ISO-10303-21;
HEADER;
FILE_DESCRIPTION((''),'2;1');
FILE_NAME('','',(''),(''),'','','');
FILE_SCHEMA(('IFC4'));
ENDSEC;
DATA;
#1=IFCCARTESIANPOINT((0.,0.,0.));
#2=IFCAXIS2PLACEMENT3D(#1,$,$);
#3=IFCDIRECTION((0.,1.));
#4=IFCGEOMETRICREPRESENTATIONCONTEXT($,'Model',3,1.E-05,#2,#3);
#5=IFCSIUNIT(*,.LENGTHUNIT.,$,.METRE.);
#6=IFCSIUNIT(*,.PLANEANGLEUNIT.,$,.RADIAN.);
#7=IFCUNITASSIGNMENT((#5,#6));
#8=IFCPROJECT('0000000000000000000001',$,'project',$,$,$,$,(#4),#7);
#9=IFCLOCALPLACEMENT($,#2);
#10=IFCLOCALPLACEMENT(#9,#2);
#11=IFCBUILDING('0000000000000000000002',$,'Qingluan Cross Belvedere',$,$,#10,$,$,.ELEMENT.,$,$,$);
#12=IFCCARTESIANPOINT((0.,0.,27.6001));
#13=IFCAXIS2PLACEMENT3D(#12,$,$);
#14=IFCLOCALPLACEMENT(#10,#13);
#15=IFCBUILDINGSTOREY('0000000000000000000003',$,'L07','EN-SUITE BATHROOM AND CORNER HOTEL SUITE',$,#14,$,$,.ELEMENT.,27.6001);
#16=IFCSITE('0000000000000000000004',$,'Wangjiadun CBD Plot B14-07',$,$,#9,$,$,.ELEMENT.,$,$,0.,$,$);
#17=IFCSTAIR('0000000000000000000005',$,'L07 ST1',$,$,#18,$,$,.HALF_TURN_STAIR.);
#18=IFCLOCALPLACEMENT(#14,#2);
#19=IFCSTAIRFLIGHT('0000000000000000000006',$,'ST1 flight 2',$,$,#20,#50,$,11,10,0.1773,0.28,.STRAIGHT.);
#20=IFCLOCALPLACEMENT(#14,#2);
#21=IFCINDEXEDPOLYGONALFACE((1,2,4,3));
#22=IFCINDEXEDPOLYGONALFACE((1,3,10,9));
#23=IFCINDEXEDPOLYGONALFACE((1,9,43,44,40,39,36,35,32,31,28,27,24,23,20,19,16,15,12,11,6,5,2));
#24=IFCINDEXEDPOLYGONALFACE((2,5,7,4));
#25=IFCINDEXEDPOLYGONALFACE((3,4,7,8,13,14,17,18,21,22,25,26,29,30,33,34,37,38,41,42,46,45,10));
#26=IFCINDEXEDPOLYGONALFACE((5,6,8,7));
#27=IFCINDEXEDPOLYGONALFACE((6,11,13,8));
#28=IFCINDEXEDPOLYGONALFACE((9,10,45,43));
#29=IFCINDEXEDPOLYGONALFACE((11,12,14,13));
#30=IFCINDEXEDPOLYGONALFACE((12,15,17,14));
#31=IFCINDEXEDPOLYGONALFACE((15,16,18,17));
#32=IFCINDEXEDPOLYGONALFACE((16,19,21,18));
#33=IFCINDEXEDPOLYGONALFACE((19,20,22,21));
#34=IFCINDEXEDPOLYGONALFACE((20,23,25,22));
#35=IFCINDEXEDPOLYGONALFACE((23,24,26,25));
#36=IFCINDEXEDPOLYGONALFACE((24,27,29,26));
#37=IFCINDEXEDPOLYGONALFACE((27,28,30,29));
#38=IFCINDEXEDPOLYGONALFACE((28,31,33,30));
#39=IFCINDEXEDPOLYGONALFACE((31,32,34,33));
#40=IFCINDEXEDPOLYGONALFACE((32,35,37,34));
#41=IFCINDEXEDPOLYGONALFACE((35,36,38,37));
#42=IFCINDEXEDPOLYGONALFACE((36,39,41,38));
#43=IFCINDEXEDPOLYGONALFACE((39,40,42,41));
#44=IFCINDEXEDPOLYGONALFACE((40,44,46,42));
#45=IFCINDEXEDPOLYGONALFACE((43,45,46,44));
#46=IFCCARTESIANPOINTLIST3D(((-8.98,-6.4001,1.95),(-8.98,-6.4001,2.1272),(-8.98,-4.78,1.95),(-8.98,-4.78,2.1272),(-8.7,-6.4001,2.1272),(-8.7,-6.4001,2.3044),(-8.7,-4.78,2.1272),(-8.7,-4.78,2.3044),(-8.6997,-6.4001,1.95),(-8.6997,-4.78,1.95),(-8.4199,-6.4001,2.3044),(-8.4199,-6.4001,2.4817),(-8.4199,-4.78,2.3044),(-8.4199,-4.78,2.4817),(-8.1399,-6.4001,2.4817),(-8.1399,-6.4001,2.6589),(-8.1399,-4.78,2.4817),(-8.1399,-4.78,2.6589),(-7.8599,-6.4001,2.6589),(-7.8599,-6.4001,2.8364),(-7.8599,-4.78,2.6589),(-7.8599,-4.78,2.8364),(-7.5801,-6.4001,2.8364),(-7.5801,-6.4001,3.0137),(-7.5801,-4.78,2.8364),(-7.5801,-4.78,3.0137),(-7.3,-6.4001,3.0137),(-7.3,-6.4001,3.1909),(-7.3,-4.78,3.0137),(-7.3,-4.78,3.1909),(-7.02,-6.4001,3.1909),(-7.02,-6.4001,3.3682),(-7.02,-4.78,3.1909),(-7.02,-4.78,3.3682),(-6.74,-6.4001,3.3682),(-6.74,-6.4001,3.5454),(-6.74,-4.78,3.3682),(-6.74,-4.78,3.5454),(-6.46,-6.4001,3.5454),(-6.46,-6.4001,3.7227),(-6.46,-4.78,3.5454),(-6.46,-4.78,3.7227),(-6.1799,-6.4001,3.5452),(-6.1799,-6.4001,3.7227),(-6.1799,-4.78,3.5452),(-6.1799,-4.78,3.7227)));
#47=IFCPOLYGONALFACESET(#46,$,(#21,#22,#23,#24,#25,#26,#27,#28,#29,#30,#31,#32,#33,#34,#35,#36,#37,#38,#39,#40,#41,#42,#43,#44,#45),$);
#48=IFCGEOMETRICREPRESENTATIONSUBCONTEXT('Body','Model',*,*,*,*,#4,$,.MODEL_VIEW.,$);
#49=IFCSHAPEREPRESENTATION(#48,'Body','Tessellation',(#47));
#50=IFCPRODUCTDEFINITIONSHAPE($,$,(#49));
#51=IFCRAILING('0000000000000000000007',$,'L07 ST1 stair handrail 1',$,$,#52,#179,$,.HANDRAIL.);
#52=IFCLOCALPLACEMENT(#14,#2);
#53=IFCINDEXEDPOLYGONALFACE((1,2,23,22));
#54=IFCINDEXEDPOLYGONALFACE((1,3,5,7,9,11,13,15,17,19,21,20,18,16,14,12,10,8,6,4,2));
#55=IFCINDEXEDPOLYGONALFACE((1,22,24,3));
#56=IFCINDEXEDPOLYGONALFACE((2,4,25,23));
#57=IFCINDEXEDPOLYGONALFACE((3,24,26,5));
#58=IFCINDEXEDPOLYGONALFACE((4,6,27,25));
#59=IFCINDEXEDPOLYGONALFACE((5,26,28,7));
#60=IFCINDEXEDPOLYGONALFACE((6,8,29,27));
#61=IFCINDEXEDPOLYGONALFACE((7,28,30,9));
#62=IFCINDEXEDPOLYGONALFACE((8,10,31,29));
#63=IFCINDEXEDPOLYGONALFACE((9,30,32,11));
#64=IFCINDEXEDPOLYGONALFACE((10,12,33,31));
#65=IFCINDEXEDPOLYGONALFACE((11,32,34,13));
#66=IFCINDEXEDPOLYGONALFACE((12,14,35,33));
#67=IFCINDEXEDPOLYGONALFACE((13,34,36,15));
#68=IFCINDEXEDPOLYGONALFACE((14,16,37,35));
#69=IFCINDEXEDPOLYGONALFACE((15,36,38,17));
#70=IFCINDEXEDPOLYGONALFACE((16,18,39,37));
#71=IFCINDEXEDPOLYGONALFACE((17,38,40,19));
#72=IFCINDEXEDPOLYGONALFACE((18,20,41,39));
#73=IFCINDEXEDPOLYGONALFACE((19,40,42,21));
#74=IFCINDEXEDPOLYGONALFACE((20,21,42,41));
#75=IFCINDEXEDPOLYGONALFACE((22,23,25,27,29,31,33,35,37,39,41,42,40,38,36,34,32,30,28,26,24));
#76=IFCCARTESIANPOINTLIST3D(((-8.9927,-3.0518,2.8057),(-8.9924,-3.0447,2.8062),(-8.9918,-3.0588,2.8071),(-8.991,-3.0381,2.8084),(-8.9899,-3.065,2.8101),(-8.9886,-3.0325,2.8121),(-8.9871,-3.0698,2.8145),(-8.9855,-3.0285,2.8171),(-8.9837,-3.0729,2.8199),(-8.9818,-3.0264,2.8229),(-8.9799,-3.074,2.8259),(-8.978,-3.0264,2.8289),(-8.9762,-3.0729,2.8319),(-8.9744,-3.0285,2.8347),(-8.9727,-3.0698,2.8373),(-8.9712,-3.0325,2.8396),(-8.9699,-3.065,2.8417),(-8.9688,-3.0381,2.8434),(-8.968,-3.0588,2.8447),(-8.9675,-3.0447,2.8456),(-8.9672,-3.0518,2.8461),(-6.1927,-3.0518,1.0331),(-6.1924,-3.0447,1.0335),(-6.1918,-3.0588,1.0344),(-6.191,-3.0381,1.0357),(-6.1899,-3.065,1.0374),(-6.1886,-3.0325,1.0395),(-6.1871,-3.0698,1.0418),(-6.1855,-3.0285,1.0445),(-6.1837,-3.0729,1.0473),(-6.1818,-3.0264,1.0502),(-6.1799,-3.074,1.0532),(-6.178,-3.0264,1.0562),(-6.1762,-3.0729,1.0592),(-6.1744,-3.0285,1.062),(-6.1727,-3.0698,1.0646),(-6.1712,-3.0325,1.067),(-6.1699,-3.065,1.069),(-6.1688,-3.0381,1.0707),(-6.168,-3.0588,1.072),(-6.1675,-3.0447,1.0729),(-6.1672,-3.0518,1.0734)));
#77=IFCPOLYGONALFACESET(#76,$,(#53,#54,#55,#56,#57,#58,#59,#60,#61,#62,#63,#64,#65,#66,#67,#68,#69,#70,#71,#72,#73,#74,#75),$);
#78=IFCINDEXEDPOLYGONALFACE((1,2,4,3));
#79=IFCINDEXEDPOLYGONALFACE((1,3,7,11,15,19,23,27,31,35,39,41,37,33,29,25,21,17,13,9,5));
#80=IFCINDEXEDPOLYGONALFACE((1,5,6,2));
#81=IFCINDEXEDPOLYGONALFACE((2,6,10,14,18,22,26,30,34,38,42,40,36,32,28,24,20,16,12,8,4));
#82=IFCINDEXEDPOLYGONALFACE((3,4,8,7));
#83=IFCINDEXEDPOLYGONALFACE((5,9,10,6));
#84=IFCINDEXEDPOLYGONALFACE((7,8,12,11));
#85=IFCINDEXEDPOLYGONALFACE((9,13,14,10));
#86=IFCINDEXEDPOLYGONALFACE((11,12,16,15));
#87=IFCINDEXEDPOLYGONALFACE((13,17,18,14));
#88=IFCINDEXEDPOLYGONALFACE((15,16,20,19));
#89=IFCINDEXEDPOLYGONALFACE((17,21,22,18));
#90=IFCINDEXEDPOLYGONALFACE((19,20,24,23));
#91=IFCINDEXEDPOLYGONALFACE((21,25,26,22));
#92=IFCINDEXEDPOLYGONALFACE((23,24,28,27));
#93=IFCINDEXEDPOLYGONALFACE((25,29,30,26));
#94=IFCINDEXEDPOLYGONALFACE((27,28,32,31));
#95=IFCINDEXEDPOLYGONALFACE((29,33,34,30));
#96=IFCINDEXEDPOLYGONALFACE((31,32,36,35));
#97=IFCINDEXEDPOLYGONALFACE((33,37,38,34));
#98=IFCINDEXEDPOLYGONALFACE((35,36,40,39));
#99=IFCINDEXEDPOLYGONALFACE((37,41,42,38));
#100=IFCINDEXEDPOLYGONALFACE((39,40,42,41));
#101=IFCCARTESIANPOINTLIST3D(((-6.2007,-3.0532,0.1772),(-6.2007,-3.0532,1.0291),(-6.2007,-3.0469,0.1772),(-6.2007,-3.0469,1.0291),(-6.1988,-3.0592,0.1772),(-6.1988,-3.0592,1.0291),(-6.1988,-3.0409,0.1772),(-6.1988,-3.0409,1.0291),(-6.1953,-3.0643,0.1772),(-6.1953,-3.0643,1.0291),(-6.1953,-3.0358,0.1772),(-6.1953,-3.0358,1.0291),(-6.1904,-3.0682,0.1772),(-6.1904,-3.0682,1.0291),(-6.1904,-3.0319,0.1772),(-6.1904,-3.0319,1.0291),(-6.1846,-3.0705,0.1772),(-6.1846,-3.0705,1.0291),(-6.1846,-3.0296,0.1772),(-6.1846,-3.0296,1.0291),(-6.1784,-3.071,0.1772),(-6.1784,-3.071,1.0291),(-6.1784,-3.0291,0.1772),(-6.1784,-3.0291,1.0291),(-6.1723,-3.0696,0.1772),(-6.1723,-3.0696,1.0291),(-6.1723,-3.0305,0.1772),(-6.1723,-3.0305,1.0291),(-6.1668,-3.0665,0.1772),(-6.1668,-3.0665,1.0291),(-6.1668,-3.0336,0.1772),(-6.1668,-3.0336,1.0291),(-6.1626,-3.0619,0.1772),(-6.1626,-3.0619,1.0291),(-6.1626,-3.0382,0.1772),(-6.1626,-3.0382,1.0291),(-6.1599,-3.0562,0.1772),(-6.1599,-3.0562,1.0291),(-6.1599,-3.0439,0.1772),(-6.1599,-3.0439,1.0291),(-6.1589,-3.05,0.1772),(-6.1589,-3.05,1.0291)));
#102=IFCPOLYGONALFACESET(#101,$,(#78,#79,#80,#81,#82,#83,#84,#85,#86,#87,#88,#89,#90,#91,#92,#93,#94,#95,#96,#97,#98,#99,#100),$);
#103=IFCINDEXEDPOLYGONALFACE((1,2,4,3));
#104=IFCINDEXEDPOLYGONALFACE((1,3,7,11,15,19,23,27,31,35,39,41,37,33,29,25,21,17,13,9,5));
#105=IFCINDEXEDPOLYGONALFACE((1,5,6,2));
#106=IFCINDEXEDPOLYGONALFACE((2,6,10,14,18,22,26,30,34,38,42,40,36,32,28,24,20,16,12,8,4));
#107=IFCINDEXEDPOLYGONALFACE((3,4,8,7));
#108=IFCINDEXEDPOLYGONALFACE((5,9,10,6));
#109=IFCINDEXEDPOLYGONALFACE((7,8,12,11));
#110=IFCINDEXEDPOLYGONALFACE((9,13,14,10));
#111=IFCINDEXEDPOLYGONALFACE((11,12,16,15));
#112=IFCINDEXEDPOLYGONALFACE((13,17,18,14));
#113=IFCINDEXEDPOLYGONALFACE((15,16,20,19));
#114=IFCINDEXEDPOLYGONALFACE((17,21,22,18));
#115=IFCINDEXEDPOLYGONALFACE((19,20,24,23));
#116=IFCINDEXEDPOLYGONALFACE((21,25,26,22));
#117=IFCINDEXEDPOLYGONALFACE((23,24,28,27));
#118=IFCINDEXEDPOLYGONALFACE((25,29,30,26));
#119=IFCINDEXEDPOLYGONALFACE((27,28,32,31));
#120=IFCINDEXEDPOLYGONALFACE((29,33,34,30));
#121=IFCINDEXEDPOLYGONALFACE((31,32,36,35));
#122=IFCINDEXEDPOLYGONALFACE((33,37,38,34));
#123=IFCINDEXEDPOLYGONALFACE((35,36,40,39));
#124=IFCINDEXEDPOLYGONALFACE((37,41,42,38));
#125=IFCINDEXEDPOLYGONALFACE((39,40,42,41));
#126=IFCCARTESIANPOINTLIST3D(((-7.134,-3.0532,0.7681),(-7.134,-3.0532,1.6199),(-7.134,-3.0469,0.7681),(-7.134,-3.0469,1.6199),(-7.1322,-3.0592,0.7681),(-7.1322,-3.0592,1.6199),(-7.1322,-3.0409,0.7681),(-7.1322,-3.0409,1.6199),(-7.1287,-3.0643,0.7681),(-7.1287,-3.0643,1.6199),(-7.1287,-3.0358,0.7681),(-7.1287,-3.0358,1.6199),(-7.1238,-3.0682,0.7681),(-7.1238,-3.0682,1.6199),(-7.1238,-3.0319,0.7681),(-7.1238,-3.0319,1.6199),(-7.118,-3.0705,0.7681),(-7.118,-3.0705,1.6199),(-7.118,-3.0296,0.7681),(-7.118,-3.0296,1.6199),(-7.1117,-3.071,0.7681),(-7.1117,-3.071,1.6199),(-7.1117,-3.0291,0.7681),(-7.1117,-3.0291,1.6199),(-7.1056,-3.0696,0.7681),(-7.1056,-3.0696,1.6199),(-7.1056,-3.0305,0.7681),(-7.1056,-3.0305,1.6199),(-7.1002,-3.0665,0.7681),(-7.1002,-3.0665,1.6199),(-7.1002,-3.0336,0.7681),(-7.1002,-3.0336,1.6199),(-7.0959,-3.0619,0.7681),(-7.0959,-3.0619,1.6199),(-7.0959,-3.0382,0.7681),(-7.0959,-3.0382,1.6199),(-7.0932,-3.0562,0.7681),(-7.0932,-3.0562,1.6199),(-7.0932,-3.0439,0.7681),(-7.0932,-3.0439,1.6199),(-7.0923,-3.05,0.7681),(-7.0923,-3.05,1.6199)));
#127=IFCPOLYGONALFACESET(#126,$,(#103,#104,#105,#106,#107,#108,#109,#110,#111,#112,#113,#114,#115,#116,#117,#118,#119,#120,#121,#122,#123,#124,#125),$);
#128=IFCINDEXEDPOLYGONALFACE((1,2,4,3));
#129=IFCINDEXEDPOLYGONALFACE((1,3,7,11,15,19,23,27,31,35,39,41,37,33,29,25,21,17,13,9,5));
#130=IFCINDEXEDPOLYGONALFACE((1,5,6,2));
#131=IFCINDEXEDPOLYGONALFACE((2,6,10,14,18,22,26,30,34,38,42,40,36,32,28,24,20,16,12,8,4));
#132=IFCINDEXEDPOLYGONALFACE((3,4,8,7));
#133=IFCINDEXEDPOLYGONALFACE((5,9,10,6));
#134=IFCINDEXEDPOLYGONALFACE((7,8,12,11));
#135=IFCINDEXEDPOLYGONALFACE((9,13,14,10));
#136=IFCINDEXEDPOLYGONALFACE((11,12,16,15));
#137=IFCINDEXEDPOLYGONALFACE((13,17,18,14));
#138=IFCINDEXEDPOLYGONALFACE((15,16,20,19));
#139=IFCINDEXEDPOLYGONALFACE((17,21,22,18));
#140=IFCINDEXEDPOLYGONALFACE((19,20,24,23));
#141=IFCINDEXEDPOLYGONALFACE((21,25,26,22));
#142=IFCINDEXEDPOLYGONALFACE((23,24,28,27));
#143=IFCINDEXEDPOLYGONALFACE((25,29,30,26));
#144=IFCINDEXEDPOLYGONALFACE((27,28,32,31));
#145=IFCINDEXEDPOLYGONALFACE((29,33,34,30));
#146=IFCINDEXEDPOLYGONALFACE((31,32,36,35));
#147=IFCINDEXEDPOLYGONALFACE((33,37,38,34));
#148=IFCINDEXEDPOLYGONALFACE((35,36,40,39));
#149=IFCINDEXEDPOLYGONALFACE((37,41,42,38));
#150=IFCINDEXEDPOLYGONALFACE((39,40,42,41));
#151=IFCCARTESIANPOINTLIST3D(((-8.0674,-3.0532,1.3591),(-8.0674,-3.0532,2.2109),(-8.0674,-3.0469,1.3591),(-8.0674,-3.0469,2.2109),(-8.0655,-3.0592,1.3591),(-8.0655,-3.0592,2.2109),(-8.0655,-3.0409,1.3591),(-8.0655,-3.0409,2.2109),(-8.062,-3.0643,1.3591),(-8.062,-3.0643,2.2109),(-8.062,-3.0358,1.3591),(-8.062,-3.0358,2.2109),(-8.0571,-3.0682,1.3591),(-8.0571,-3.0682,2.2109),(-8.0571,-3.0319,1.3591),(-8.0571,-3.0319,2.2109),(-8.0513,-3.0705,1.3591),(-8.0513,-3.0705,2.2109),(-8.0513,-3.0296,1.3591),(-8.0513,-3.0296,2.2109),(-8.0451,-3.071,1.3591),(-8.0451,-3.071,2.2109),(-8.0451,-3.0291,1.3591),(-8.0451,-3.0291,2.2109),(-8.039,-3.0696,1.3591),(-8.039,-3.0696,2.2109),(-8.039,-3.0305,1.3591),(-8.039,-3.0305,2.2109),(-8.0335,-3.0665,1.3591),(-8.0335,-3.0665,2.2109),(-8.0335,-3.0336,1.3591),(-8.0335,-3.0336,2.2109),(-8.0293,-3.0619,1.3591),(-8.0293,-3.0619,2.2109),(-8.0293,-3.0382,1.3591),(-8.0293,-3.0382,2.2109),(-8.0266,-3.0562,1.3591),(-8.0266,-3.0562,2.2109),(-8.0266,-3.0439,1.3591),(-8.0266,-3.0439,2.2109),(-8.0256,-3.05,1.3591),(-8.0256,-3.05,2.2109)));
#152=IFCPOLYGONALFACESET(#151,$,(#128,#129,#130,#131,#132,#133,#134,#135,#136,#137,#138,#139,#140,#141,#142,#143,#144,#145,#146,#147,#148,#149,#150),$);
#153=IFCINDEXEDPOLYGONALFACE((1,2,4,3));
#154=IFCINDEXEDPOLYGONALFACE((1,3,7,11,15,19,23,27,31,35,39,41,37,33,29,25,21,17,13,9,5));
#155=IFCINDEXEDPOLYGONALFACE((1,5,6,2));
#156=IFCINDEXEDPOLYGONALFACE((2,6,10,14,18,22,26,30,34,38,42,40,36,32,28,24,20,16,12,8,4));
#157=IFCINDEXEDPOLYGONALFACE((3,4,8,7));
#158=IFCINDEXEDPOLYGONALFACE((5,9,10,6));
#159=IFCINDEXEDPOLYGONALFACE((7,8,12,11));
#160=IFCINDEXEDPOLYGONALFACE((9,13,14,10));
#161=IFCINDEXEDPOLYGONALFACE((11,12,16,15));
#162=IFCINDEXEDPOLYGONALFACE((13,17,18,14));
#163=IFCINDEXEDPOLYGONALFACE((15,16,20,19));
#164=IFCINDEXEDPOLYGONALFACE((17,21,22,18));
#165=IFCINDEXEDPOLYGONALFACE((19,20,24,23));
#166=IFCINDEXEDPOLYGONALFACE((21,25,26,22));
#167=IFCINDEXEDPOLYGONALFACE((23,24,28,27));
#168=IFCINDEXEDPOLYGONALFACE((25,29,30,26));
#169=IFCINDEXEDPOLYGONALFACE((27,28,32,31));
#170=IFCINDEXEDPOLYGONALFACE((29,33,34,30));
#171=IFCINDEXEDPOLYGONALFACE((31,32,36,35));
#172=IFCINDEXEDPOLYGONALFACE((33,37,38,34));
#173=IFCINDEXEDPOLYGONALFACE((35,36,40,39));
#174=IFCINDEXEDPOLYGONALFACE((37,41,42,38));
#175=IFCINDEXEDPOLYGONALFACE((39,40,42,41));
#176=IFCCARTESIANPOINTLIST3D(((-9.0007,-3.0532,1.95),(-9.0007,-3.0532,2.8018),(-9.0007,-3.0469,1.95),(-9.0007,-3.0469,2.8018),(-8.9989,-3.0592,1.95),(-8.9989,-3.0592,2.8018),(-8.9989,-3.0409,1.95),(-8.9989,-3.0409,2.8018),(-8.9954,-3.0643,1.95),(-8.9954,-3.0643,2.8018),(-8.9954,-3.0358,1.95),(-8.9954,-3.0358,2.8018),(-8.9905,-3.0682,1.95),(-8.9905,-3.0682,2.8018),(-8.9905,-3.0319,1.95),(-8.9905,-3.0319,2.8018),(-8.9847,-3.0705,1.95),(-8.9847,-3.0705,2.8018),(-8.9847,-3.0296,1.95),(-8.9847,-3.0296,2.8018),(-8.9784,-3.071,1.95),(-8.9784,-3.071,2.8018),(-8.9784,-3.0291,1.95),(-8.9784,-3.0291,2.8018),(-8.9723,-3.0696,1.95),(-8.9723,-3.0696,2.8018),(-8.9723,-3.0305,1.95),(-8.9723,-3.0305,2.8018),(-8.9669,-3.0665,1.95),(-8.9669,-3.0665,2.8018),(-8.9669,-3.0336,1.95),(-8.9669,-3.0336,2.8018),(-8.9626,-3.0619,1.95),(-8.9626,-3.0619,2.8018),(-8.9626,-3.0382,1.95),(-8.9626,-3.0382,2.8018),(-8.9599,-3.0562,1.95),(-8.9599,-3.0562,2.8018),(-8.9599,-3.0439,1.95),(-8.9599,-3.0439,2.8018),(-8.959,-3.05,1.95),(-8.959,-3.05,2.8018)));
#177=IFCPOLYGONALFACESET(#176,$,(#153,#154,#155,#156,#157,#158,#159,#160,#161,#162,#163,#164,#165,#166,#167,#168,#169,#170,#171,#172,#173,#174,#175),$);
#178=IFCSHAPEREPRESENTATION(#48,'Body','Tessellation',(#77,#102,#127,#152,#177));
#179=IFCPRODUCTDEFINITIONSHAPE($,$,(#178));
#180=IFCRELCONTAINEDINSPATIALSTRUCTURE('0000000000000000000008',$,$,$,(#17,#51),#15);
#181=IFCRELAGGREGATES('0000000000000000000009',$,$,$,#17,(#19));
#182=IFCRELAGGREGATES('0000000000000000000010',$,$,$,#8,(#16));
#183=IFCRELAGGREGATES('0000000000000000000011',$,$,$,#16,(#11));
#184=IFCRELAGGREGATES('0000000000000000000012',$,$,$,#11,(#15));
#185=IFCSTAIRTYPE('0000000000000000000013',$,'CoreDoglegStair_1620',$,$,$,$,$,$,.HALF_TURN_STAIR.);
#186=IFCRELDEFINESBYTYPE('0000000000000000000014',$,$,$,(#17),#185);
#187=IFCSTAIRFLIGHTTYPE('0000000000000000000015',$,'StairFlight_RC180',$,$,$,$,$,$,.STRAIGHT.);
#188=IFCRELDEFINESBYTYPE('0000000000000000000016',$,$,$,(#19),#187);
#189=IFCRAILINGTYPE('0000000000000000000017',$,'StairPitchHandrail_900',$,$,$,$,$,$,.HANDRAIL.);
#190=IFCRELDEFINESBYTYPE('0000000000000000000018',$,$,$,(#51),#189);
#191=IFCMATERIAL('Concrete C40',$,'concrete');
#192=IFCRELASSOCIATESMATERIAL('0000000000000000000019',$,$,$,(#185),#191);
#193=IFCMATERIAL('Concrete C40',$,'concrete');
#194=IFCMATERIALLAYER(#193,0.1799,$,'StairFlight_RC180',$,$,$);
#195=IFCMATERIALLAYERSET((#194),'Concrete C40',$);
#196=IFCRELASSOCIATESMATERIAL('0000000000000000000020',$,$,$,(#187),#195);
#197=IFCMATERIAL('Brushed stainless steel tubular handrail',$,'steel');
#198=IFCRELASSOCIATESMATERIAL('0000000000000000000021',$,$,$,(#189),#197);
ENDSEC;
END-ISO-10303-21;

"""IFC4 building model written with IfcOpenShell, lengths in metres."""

from ifc_helpers import new_model, si_unit, direction, frame, origin, origin_2d, place, context, subcontext, project, spatial, polyline, circle, outline, extrude, material, layer, layer_set, type_object, element, aggregate, save


model = new_model("IFC4")

# Units and contexts
model_context = context("Model", 3, precision=1e-05, world=origin(), true_north=direction((0.0, 1.0)))
body_context = subcontext(model_context, "Body", "Model", "MODEL_VIEW")
ifc_project = project(units=[si_unit("LENGTHUNIT", "METRE"), si_unit("PLANEANGLEUNIT", "RADIAN")], contexts=[model_context])

# Site, building, storey
site_placement = place(None, origin())
site = spatial("IfcSite", under=ifc_project, at=site_placement, Name="Wangjiadun CBD Plot B14-07", CompositionType="ELEMENT", RefElevation=0.0)
building_placement = place(site_placement, origin())
building = spatial("IfcBuilding", under=site, at=building_placement, Name="Qingluan Cross Belvedere", CompositionType="ELEMENT")
storey_placement = place(building_placement, frame((0.0, 0.0, 27.6001)))
storey = spatial("IfcBuildingStorey", under=building, at=storey_placement, Name="L07", Description="EN-SUITE BATHROOM AND CORNER HOTEL SUITE", CompositionType="ELEMENT", Elevation=27.6001)

# Stair, stair flight
ifc_material_1 = material(Name="Concrete C40", Category="concrete")
stair_type = type_object("IfcStairType", Name="CoreDoglegStair_1620", PredefinedType="HALF_TURN_STAIR", material=ifc_material_1)
stair_placement = place(storey_placement, origin())
stair = element("IfcStair", 1, at=stair_placement, inside=storey, type_object=stair_type, Name="L07 ST1", PredefinedType="HALF_TURN_STAIR")
ifc_material_2 = material(Name="Concrete C40", Category="concrete")
ifc_layer_1 = layer(ifc_material_2, 0.1799, Name="StairFlight_RC180")
ifc_layer_set_1 = layer_set([ifc_layer_1], Name="Concrete C40")
stair_flight_type = type_object("IfcStairFlightType", Name="StairFlight_RC180", PredefinedType="STRAIGHT", material=ifc_layer_set_1)
stair_flight_1_placement = place(storey_placement, frame((-8.98, -5.5901, 1.95), z_axis=(0.0, 0.0, 1.0), x_axis=(1.0, 0.0, 0.0)))
stair_flight_1 = element("IfcStairFlight", 2, at=stair_flight_1_placement, type_object=stair_flight_type, Name="ST1 flight 2", NumberOfRisers=11, NumberOfTreads=10, PredefinedType="STRAIGHT", RiserHeight=0.1773, TreadLength=0.28, context=body_context, shape_type="SweptSolid", body=[
    extrude(outline(polyline([(0.0, 0.0), (0.0, 0.1772), (0.28, 0.1772), (0.28, 0.3545), (0.5601, 0.3545), (0.5601, 0.5317), (0.8401, 0.5317), (0.8401, 0.709), (1.1201, 0.709), (1.1201, 0.8865), (1.3999, 0.8865), (1.3999, 1.0637), (1.6799, 1.0637), (1.6799, 1.241), (1.96, 1.241), (1.96, 1.4182), (2.24, 1.4182), (2.24, 1.5955), (2.52, 1.5955), (2.52, 1.7727), (2.8, 1.7727), (2.8, 1.95), (2.8, 1.5952), (0.2803, 0.0), (0.0, 0.0)])), frame((0.0, 0.8101, 0.0), z_axis=(0.0, -1.0, 0.0), x_axis=(1.0, 0.0, 0.0)), (0.0, 0.0, 1.0), 1.6201),
])
aggregate(stair, [stair_flight_1])

# Railing
ifc_material_3 = material(Name="Brushed stainless steel tubular handrail", Category="steel")
railing_type_1 = type_object("IfcRailingType", Name="StairPitchHandrail_900", PredefinedType="HANDRAIL", material=ifc_material_3)
railing_1_placement = place(storey_placement, frame((-6.1799, -3.05, 0.1772)))
element("IfcRailing", 3, at=railing_1_placement, inside=storey, type_object=railing_type_1, Name="L07 ST1 stair handrail 1", PredefinedType="HANDRAIL", context=body_context, shape_type="SweptSolid", body=[
    extrude(circle(Radius=0.0239, at=origin_2d()), frame((0.0, 0.0, 0.876), z_axis=(-0.844909, 0.0, 0.53491), x_axis=(0.0, -1.0, 0.0)), (0.0, 0.0, 1.0), 3.314),
    extrude(circle(Radius=0.021, at=origin_2d()), origin(), (0.0, 0.0, 1.0), 0.8518),
    extrude(circle(Radius=0.021, at=origin_2d()), frame((-0.9333, 0.0, 0.5908)), (0.0, 0.0, 1.0), 0.8518),
    extrude(circle(Radius=0.021, at=origin_2d()), frame((-1.8667, 0.0, 1.1819)), (0.0, 0.0, 1.0), 0.8518),
    extrude(circle(Radius=0.021, at=origin_2d()), frame((-2.8, 0.0, 1.7727)), (0.0, 0.0, 1.0), 0.8518),
])

save(model, "model.ifc")
